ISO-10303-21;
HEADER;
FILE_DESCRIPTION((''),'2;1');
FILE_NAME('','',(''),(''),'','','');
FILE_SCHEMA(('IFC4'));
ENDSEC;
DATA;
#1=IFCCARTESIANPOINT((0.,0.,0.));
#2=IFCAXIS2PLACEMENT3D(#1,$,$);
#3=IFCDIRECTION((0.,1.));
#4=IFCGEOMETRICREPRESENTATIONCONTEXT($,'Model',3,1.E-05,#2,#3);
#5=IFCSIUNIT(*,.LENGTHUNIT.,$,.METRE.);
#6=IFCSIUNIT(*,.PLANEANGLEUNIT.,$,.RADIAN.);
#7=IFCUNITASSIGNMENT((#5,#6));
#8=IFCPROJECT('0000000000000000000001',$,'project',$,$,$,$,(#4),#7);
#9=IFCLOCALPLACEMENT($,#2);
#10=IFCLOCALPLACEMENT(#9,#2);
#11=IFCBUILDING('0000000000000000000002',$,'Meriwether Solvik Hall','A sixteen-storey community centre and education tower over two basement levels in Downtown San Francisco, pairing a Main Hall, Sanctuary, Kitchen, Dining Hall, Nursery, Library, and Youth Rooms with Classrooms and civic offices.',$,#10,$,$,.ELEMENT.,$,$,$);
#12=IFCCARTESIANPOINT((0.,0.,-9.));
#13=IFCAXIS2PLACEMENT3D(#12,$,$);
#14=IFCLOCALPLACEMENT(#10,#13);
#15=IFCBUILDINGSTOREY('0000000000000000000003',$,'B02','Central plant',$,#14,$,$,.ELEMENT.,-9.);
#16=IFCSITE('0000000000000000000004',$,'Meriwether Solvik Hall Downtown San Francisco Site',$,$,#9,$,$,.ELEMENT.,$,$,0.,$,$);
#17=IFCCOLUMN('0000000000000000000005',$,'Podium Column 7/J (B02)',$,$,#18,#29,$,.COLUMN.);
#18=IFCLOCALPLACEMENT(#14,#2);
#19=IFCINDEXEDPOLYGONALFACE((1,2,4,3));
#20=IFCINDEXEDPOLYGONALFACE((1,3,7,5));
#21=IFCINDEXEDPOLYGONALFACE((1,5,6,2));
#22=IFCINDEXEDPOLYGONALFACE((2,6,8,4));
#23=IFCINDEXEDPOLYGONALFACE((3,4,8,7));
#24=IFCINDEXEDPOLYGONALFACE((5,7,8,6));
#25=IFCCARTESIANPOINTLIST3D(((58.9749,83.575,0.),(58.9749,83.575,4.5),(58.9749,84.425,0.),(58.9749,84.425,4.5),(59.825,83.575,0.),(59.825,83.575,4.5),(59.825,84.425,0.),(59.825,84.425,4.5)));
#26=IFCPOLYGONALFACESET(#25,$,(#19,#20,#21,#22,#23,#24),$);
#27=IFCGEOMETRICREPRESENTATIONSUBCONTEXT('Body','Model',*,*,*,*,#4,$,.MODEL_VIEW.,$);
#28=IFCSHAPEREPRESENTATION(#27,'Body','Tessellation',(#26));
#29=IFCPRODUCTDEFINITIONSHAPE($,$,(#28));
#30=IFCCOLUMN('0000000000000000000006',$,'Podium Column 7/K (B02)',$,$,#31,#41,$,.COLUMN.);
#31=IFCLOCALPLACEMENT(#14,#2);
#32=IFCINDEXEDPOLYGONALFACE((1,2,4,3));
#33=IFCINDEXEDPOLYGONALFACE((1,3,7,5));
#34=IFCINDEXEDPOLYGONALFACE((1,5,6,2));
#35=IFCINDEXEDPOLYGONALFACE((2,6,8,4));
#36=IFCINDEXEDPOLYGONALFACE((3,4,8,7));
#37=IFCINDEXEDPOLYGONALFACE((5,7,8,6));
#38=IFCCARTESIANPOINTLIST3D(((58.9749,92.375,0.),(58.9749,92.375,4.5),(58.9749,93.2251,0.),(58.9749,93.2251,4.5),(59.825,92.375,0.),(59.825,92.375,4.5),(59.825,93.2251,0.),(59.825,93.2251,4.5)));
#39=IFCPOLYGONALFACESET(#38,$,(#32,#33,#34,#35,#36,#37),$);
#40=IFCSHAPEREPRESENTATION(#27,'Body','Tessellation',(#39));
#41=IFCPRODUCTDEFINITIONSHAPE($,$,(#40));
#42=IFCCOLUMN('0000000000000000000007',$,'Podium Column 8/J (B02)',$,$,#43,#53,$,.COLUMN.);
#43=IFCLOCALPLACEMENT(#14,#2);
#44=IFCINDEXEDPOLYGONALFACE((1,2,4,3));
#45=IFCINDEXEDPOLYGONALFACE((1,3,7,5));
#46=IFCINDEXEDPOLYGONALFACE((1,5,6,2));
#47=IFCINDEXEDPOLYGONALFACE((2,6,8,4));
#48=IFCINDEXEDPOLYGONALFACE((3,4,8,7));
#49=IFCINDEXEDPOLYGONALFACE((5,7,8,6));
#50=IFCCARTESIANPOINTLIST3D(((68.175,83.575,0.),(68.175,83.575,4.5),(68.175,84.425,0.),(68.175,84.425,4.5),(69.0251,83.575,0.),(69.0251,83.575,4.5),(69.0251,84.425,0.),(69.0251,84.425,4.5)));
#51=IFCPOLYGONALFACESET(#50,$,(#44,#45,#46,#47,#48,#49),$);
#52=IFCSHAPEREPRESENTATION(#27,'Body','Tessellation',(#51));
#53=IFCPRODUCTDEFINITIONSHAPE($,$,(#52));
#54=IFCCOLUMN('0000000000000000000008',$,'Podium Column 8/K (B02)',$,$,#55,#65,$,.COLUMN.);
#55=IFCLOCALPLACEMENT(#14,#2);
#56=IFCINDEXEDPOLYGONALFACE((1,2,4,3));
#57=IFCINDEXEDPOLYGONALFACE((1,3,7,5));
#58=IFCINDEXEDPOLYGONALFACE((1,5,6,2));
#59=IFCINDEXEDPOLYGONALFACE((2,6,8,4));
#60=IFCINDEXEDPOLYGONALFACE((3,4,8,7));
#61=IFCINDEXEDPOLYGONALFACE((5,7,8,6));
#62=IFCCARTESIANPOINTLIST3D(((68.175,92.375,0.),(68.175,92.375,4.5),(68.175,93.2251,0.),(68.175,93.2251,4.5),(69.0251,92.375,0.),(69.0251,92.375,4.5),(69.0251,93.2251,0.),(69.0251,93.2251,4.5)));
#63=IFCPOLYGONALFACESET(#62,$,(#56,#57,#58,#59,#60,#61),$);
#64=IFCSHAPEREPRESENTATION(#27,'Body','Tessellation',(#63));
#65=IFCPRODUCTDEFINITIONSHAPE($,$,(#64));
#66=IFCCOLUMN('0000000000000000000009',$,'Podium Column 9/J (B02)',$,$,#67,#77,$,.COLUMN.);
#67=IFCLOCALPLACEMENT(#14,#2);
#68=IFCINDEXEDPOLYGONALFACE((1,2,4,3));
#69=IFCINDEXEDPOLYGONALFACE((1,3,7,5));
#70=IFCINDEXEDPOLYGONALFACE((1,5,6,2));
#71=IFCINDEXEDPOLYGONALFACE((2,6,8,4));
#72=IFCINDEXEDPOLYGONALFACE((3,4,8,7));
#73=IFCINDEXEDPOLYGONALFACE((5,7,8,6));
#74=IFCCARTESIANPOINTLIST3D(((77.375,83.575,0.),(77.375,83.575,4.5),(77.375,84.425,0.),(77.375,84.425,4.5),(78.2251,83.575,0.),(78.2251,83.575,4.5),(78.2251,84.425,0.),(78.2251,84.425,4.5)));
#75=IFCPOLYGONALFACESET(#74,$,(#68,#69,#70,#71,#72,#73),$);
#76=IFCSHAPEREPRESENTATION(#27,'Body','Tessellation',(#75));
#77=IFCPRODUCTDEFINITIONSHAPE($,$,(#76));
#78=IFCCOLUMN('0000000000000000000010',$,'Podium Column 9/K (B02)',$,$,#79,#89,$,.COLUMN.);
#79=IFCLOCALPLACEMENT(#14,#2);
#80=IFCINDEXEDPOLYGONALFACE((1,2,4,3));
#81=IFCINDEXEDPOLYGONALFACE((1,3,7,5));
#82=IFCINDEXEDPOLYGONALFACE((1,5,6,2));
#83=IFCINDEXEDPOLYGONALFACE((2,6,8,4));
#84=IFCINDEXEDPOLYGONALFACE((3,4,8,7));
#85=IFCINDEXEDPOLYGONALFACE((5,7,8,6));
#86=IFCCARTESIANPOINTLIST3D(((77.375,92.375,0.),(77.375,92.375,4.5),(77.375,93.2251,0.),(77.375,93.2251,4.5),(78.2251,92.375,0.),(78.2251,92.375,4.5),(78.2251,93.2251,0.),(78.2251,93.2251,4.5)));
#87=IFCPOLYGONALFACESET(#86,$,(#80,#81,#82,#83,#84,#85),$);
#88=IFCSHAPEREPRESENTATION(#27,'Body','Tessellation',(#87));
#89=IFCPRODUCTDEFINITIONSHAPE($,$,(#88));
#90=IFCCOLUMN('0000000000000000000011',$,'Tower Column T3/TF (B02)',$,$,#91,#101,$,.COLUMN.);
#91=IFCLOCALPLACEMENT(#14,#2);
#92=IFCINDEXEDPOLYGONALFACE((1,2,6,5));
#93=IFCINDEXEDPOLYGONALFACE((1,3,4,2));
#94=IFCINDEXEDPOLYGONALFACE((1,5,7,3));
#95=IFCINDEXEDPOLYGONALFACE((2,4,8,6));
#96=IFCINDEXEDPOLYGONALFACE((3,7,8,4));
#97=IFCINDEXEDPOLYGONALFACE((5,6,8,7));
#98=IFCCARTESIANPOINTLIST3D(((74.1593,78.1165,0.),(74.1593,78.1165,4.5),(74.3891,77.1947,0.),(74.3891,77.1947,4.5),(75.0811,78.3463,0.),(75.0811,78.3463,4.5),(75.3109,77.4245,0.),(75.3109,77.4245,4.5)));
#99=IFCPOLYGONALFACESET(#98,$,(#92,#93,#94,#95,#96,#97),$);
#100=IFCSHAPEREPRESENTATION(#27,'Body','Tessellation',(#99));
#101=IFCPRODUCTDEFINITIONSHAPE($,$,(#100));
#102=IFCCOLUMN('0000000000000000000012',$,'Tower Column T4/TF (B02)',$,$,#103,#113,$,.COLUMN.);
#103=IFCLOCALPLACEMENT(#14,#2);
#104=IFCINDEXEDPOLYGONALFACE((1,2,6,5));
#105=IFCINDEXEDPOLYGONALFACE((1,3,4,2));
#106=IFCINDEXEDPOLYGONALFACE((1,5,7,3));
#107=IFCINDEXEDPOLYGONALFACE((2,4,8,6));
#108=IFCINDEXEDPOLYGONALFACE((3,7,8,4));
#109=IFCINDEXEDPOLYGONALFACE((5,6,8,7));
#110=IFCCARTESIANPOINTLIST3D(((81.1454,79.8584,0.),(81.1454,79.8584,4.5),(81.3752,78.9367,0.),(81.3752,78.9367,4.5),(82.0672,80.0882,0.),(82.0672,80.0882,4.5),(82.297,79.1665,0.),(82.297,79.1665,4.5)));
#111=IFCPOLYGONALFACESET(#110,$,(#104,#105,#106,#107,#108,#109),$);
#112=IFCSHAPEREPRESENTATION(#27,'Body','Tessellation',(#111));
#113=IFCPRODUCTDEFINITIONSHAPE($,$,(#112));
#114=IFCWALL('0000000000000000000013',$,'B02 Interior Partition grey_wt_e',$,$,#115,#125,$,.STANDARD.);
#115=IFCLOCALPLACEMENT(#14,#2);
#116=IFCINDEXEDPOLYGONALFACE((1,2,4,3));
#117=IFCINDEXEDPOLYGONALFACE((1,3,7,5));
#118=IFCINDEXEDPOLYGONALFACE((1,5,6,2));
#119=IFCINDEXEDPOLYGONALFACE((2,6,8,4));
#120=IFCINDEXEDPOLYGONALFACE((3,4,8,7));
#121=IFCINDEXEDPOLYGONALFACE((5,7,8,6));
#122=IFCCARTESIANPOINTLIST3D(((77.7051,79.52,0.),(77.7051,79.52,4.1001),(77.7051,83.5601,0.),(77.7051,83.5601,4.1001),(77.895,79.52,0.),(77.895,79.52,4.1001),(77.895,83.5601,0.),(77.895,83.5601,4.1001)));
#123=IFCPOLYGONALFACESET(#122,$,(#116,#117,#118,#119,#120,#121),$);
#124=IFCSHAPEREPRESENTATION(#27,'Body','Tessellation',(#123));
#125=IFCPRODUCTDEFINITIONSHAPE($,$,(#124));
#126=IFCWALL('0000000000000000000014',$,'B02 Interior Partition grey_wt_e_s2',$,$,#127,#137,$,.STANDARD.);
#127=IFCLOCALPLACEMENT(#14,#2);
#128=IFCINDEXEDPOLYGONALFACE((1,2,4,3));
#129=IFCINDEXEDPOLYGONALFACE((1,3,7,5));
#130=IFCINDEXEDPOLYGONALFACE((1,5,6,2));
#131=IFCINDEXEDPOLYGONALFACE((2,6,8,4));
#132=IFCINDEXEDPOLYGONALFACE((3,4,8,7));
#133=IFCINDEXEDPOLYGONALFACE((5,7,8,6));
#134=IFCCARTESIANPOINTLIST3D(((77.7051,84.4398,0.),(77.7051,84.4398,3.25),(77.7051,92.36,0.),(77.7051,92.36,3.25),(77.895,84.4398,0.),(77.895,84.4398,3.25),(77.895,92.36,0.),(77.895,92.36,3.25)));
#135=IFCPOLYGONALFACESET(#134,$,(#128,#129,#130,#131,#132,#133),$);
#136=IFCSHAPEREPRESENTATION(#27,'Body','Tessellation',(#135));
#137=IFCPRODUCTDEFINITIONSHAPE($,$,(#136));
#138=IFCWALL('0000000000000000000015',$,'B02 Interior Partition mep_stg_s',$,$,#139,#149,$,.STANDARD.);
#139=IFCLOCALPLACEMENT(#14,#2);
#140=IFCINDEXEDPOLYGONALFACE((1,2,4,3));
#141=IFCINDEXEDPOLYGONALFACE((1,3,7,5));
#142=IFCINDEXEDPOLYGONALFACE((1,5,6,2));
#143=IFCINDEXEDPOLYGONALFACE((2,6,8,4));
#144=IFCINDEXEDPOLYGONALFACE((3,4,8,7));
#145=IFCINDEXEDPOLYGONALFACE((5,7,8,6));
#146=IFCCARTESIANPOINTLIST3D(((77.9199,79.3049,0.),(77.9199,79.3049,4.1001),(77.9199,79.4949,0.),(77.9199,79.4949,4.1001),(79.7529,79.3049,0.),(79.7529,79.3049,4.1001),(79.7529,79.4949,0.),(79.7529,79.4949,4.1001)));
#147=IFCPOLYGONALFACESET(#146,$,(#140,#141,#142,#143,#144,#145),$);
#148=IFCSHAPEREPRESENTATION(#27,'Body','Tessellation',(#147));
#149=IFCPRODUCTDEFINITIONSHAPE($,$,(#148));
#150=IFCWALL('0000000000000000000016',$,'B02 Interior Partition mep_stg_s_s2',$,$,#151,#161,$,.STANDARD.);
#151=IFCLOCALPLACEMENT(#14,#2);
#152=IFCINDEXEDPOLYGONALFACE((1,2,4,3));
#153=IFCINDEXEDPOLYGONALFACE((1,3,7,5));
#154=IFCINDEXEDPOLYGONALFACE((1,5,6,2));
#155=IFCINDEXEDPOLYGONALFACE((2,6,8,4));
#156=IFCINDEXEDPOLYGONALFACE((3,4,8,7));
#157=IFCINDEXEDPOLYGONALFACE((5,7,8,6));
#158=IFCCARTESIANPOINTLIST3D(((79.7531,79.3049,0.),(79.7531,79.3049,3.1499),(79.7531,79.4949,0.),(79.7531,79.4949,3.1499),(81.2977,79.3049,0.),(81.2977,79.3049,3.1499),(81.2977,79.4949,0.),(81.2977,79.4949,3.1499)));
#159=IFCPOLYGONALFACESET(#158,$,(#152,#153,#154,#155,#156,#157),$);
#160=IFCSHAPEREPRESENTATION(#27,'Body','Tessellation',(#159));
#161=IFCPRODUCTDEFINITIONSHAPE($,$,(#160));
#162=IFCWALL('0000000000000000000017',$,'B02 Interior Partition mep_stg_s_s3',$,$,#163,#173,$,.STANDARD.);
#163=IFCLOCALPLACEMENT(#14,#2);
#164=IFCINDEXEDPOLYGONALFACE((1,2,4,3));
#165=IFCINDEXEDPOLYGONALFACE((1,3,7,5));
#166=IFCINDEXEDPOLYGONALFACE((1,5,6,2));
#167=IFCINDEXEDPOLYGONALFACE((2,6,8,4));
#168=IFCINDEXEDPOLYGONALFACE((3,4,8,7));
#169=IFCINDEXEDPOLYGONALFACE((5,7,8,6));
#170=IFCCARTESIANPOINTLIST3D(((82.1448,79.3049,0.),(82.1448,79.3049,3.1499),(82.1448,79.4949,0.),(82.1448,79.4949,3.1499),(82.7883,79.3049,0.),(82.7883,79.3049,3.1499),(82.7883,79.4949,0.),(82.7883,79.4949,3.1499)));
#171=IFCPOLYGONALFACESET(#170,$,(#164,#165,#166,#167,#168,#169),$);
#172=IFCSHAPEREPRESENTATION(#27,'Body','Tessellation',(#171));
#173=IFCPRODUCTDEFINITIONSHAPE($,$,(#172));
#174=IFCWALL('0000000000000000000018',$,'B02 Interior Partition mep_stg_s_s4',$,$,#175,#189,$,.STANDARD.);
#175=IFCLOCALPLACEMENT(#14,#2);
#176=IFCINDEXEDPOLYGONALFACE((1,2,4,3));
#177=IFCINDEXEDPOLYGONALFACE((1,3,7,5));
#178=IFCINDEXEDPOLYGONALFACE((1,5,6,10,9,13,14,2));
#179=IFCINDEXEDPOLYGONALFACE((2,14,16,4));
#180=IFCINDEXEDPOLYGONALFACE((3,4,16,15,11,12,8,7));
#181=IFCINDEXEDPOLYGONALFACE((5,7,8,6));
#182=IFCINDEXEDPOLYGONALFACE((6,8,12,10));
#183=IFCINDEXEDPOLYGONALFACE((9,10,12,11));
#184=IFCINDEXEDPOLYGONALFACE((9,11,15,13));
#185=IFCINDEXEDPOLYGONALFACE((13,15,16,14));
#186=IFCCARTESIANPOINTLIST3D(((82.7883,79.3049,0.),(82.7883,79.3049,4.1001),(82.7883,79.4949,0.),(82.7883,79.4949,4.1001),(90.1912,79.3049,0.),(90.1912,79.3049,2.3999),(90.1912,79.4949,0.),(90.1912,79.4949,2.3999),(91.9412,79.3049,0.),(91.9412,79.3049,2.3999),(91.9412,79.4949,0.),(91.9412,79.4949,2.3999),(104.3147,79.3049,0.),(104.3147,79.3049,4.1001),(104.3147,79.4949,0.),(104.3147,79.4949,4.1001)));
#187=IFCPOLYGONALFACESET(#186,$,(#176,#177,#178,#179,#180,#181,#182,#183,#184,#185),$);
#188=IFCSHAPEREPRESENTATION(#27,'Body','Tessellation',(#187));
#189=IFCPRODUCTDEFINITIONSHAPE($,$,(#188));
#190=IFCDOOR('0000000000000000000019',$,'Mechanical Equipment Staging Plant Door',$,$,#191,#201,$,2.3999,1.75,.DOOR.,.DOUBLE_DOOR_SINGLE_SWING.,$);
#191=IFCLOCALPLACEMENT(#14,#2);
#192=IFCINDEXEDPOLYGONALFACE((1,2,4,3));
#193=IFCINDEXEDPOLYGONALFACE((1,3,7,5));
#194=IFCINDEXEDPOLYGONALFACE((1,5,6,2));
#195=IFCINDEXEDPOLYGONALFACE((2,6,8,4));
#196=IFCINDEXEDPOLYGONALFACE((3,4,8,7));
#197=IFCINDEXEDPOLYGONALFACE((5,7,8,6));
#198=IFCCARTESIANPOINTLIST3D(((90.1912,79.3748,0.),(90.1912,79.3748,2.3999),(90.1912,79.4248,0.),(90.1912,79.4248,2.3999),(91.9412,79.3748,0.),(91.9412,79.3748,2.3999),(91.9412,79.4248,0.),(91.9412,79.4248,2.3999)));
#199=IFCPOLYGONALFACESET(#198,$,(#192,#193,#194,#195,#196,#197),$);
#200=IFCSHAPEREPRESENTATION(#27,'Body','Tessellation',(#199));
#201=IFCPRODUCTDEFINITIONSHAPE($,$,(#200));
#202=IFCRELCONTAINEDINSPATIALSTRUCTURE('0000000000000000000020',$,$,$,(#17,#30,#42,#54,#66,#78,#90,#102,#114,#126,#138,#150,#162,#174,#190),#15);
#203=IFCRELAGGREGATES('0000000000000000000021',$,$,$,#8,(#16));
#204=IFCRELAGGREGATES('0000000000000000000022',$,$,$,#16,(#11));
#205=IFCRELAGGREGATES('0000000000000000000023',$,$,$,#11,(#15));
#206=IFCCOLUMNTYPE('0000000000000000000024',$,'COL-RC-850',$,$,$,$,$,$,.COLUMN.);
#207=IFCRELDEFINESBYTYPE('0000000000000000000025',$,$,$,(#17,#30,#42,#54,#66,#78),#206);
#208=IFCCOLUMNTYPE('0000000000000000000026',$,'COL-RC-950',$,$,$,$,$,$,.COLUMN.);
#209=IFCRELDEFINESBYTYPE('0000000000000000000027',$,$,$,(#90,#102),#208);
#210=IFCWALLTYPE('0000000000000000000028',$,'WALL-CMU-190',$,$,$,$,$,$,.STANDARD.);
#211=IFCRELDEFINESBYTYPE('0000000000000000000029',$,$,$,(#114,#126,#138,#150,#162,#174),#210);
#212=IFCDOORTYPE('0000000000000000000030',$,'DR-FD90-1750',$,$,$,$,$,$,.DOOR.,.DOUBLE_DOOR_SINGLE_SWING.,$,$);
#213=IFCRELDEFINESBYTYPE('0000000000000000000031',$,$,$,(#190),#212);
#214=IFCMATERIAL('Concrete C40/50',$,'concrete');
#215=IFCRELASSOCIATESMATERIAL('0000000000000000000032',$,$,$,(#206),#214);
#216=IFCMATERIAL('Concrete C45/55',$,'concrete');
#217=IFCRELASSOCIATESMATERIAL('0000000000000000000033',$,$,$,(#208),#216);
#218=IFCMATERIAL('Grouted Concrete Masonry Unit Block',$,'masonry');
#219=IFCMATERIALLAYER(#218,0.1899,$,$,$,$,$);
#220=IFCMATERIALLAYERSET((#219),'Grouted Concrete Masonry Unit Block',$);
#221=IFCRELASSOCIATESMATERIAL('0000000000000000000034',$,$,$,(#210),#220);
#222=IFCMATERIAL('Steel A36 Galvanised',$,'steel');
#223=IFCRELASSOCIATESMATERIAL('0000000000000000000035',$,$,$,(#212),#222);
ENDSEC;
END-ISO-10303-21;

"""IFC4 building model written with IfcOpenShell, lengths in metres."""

from ifc_helpers import new_model, si_unit, direction, frame, frame_2d, origin, origin_2d, place, context, subcontext, project, spatial, rectangle, extrude, material, layer, layer_set, material_profile, profile_set, type_object, element, fill, save


model = new_model("IFC4")

# Units and contexts
model_context = context("Model", 3, precision=1e-05, world=origin(), true_north=direction((0.0, 1.0)))
body_context = subcontext(model_context, "Body", "Model", "MODEL_VIEW")
ifc_project = project(units=[si_unit("LENGTHUNIT", "METRE"), si_unit("PLANEANGLEUNIT", "RADIAN")], contexts=[model_context])

# Site, building, storey
site_placement = place(None, origin())
site = spatial("IfcSite", under=ifc_project, at=site_placement, Name="Meriwether Solvik Hall Downtown San Francisco Site", CompositionType="ELEMENT", RefElevation=0.0)
building_placement = place(site_placement, origin())
building = spatial("IfcBuilding", under=site, at=building_placement, Name="Meriwether Solvik Hall", Description="A sixteen-storey community centre and education tower over two basement levels in Downtown San Francisco, pairing a Main Hall, Sanctuary, Kitchen, Dining Hall, Nursery, Library, and Youth Rooms with Classrooms and civic offices.", CompositionType="ELEMENT")
storey_placement = place(building_placement, frame((0.0, 0.0, -9.0)))
storey = spatial("IfcBuildingStorey", under=building, at=storey_placement, Name="B02", Description="Central plant", CompositionType="ELEMENT", Elevation=-9.0)

# Columns
ifc_material_1 = material(Name="Concrete C40/50", Category="concrete")
ifc_material_profile_1 = material_profile(ifc_material_1, rectangle(XDim=0.8501, YDim=0.8501, at=origin_2d()), Name="RCC-850X850")
ifc_profile_set_1 = profile_set([ifc_material_profile_1], Name="Concrete C40/50")
column_type_1 = type_object("IfcColumnType", Name="COL-RC-850", PredefinedType="COLUMN", material=ifc_profile_set_1)
for number, where, z_axis, x_axis, name in (
    (1, (59.3999, 84.0, 0.0), (0.0, 0.0, 1.0), (1.0, 0.0, 0.0), "Podium Column 7/J (B02)"),
    (2, (59.3999, 92.8, 0.0), (0.0, 0.0, 1.0), (1.0, 0.0, 0.0), "Podium Column 7/K (B02)"),
    (3, (68.6001, 84.0, 0.0), (0.0, 0.0, 1.0), (1.0, 0.0, 0.0), "Podium Column 8/J (B02)"),
    (4, (68.6001, 92.8, 0.0), (0.0, 0.0, 1.0), (1.0, 0.0, 0.0), "Podium Column 8/K (B02)"),
    (5, (77.8, 84.0, 0.0), (0.0, 0.0, 1.0), (1.0, 0.0, 0.0), "Podium Column 9/J (B02)"),
    (6, (77.8, 92.8, 0.0), (0.0, 0.0, 1.0), (1.0, 0.0, 0.0), "Podium Column 9/K (B02)"),
):
    element("IfcColumn", number, at=place(storey_placement, frame(where, z_axis=z_axis, x_axis=x_axis)), inside=storey, type_object=column_type_1, Name=name, PredefinedType="COLUMN", context=body_context, shape_type="SweptSolid", body=[
        extrude(rectangle(XDim=0.8501, YDim=0.8501, at=origin_2d()), origin(), (0.0, 0.0, 1.0), 4.5),
    ])
ifc_material_2 = material(Name="Concrete C45/55", Category="concrete")
ifc_material_profile_2 = material_profile(ifc_material_2, rectangle(XDim=0.95, YDim=0.95, at=origin_2d()), Name="RCC-950X950")
ifc_profile_set_2 = profile_set([ifc_material_profile_2], Name="Concrete C45/55")
column_type_2 = type_object("IfcColumnType", Name="COL-RC-950", PredefinedType="COLUMN", material=ifc_profile_set_2)
for number, where, z_axis, x_axis, name in (
    (7, (74.7351, 77.7705, 0.0), (0.0, 0.0, 1.0), (0.970296, 0.241922, 0.0), "Tower Column T3/TF (B02)"),
    (8, (81.7212, 79.5125, 0.0), (0.0, 0.0, 1.0), (0.970296, 0.241922, 0.0), "Tower Column T4/TF (B02)"),
):
    element("IfcColumn", number, at=place(storey_placement, frame(where, z_axis=z_axis, x_axis=x_axis)), inside=storey, type_object=column_type_2, Name=name, PredefinedType="COLUMN", context=body_context, shape_type="SweptSolid", body=[
        extrude(rectangle(XDim=0.95, YDim=0.95, at=origin_2d()), origin(), (0.0, 0.0, 1.0), 4.5),
    ])

# Walls
ifc_material_3 = material(Name="Grouted Concrete Masonry Unit Block", Category="masonry")
ifc_layer_1 = layer(ifc_material_3, 0.1899)
ifc_layer_set_1 = layer_set([ifc_layer_1], Name="Grouted Concrete Masonry Unit Block")
wall_type = type_object("IfcWallType", Name="WALL-CMU-190", PredefinedType="STANDARD", material=ifc_layer_set_1)
wall_1_placement = place(storey_placement, frame((77.8, 79.52, 0.0), z_axis=(0.0, 0.0, 1.0), x_axis=(0.0, 1.0, 0.0)))
element("IfcWall", 9, at=wall_1_placement, inside=storey, type_object=wall_type, Name="B02 Interior Partition grey_wt_e", PredefinedType="STANDARD", context=body_context, shape_type="SweptSolid", body=[
    extrude(rectangle(XDim=4.04, YDim=0.1899, at=frame_2d((2.02, 0.0))), origin(), (0.0, 0.0, 1.0), 4.1001),
])
wall_2_placement = place(storey_placement, frame((77.8, 84.4399, 0.0), z_axis=(0.0, 0.0, 1.0), x_axis=(0.0, 1.0, 0.0)))
element("IfcWall", 10, at=wall_2_placement, inside=storey, type_object=wall_type, Name="B02 Interior Partition grey_wt_e_s2", PredefinedType="STANDARD", context=body_context, shape_type="SweptSolid", body=[
    extrude(rectangle(XDim=7.9202, YDim=0.1899, at=frame_2d((3.96, 0.0))), origin(), (0.0, 0.0, 1.0), 3.25),
])
wall_3_placement = place(storey_placement, frame((77.9199, 79.3999, 0.0), z_axis=(0.0, 0.0, 1.0), x_axis=(1.0, 0.0, 0.0)))
element("IfcWall", 11, at=wall_3_placement, inside=storey, type_object=wall_type, Name="B02 Interior Partition mep_stg_s", PredefinedType="STANDARD", context=body_context, shape_type="SweptSolid", body=[
    extrude(rectangle(XDim=1.833, YDim=0.1899, at=frame_2d((0.9165, 0.0))), origin(), (0.0, 0.0, 1.0), 4.1001),
])
wall_4_placement = place(storey_placement, frame((79.7529, 79.3999, 0.0), z_axis=(0.0, 0.0, 1.0), x_axis=(1.0, 0.0, 0.0)))
element("IfcWall", 12, at=wall_4_placement, inside=storey, type_object=wall_type, Name="B02 Interior Partition mep_stg_s_s2", PredefinedType="STANDARD", context=body_context, shape_type="SweptSolid", body=[
    extrude(rectangle(XDim=1.5447, YDim=0.1899, at=frame_2d((0.7725, 0.0))), origin(), (0.0, 0.0, 1.0), 3.1499),
])
wall_5_placement = place(storey_placement, frame((82.1448, 79.3999, 0.0), z_axis=(0.0, 0.0, 1.0), x_axis=(1.0, 0.0, 0.0)))
element("IfcWall", 13, at=wall_5_placement, inside=storey, type_object=wall_type, Name="B02 Interior Partition mep_stg_s_s3", PredefinedType="STANDARD", context=body_context, shape_type="SweptSolid", body=[
    extrude(rectangle(XDim=0.6436, YDim=0.1899, at=frame_2d((0.3218, 0.0))), origin(), (0.0, 0.0, 1.0), 3.1499),
])

# Wall, opening, door
wall_6_placement = place(storey_placement, frame((82.7883, 79.3999, 0.0), z_axis=(0.0, 0.0, 1.0), x_axis=(1.0, 0.0, 0.0)))
wall_6 = element("IfcWall", 14, at=wall_6_placement, inside=storey, type_object=wall_type, Name="B02 Interior Partition mep_stg_s_s4", PredefinedType="STANDARD", context=body_context, shape_type="SweptSolid", body=[
    extrude(rectangle(XDim=21.5264, YDim=0.1899, at=frame_2d((10.7632, 0.0))), origin(), (0.0, 0.0, 1.0), 4.1001),
])
opening_placement = place(wall_6_placement, frame((7.4028, 0.0, 0.0)))
opening = element("IfcOpeningElement", 15, at=opening_placement, cuts=wall_6, PredefinedType="OPENING", context=body_context, shape_type="SweptSolid", body=[
    extrude(rectangle(XDim=1.75, YDim=2.3999, at=frame_2d((0.875, 1.2))), frame((0.0, 0.1069, 0.0), z_axis=(0.0, -1.0, 0.0), x_axis=(1.0, 0.0, 0.0)), (0.0, 0.0, 1.0), 0.2139),
])
ifc_material_4 = material(Name="Steel A36 Galvanised", Category="steel")
door_type = type_object("IfcDoorType", Name="DR-FD90-1750", OperationType="DOUBLE_DOOR_SINGLE_SWING", PredefinedType="DOOR", material=ifc_material_4)
door_placement = place(opening_placement, origin())
door = element("IfcDoor", 16, at=door_placement, inside=storey, type_object=door_type, Name="Mechanical Equipment Staging Plant Door", OperationType="DOUBLE_DOOR_SINGLE_SWING", OverallHeight=2.3999, OverallWidth=1.75, PredefinedType="DOOR", context=body_context, shape_type="SweptSolid", body=[
    extrude(rectangle(XDim=1.75, YDim=2.3999, at=frame_2d((0.875, 1.2))), frame((0.0, 0.0249, 0.0), z_axis=(0.0, -1.0, 0.0), x_axis=(1.0, 0.0, 0.0)), (0.0, 0.0, 1.0), 0.05),
])
fill(opening, door)

save(model, "model.ifc")
